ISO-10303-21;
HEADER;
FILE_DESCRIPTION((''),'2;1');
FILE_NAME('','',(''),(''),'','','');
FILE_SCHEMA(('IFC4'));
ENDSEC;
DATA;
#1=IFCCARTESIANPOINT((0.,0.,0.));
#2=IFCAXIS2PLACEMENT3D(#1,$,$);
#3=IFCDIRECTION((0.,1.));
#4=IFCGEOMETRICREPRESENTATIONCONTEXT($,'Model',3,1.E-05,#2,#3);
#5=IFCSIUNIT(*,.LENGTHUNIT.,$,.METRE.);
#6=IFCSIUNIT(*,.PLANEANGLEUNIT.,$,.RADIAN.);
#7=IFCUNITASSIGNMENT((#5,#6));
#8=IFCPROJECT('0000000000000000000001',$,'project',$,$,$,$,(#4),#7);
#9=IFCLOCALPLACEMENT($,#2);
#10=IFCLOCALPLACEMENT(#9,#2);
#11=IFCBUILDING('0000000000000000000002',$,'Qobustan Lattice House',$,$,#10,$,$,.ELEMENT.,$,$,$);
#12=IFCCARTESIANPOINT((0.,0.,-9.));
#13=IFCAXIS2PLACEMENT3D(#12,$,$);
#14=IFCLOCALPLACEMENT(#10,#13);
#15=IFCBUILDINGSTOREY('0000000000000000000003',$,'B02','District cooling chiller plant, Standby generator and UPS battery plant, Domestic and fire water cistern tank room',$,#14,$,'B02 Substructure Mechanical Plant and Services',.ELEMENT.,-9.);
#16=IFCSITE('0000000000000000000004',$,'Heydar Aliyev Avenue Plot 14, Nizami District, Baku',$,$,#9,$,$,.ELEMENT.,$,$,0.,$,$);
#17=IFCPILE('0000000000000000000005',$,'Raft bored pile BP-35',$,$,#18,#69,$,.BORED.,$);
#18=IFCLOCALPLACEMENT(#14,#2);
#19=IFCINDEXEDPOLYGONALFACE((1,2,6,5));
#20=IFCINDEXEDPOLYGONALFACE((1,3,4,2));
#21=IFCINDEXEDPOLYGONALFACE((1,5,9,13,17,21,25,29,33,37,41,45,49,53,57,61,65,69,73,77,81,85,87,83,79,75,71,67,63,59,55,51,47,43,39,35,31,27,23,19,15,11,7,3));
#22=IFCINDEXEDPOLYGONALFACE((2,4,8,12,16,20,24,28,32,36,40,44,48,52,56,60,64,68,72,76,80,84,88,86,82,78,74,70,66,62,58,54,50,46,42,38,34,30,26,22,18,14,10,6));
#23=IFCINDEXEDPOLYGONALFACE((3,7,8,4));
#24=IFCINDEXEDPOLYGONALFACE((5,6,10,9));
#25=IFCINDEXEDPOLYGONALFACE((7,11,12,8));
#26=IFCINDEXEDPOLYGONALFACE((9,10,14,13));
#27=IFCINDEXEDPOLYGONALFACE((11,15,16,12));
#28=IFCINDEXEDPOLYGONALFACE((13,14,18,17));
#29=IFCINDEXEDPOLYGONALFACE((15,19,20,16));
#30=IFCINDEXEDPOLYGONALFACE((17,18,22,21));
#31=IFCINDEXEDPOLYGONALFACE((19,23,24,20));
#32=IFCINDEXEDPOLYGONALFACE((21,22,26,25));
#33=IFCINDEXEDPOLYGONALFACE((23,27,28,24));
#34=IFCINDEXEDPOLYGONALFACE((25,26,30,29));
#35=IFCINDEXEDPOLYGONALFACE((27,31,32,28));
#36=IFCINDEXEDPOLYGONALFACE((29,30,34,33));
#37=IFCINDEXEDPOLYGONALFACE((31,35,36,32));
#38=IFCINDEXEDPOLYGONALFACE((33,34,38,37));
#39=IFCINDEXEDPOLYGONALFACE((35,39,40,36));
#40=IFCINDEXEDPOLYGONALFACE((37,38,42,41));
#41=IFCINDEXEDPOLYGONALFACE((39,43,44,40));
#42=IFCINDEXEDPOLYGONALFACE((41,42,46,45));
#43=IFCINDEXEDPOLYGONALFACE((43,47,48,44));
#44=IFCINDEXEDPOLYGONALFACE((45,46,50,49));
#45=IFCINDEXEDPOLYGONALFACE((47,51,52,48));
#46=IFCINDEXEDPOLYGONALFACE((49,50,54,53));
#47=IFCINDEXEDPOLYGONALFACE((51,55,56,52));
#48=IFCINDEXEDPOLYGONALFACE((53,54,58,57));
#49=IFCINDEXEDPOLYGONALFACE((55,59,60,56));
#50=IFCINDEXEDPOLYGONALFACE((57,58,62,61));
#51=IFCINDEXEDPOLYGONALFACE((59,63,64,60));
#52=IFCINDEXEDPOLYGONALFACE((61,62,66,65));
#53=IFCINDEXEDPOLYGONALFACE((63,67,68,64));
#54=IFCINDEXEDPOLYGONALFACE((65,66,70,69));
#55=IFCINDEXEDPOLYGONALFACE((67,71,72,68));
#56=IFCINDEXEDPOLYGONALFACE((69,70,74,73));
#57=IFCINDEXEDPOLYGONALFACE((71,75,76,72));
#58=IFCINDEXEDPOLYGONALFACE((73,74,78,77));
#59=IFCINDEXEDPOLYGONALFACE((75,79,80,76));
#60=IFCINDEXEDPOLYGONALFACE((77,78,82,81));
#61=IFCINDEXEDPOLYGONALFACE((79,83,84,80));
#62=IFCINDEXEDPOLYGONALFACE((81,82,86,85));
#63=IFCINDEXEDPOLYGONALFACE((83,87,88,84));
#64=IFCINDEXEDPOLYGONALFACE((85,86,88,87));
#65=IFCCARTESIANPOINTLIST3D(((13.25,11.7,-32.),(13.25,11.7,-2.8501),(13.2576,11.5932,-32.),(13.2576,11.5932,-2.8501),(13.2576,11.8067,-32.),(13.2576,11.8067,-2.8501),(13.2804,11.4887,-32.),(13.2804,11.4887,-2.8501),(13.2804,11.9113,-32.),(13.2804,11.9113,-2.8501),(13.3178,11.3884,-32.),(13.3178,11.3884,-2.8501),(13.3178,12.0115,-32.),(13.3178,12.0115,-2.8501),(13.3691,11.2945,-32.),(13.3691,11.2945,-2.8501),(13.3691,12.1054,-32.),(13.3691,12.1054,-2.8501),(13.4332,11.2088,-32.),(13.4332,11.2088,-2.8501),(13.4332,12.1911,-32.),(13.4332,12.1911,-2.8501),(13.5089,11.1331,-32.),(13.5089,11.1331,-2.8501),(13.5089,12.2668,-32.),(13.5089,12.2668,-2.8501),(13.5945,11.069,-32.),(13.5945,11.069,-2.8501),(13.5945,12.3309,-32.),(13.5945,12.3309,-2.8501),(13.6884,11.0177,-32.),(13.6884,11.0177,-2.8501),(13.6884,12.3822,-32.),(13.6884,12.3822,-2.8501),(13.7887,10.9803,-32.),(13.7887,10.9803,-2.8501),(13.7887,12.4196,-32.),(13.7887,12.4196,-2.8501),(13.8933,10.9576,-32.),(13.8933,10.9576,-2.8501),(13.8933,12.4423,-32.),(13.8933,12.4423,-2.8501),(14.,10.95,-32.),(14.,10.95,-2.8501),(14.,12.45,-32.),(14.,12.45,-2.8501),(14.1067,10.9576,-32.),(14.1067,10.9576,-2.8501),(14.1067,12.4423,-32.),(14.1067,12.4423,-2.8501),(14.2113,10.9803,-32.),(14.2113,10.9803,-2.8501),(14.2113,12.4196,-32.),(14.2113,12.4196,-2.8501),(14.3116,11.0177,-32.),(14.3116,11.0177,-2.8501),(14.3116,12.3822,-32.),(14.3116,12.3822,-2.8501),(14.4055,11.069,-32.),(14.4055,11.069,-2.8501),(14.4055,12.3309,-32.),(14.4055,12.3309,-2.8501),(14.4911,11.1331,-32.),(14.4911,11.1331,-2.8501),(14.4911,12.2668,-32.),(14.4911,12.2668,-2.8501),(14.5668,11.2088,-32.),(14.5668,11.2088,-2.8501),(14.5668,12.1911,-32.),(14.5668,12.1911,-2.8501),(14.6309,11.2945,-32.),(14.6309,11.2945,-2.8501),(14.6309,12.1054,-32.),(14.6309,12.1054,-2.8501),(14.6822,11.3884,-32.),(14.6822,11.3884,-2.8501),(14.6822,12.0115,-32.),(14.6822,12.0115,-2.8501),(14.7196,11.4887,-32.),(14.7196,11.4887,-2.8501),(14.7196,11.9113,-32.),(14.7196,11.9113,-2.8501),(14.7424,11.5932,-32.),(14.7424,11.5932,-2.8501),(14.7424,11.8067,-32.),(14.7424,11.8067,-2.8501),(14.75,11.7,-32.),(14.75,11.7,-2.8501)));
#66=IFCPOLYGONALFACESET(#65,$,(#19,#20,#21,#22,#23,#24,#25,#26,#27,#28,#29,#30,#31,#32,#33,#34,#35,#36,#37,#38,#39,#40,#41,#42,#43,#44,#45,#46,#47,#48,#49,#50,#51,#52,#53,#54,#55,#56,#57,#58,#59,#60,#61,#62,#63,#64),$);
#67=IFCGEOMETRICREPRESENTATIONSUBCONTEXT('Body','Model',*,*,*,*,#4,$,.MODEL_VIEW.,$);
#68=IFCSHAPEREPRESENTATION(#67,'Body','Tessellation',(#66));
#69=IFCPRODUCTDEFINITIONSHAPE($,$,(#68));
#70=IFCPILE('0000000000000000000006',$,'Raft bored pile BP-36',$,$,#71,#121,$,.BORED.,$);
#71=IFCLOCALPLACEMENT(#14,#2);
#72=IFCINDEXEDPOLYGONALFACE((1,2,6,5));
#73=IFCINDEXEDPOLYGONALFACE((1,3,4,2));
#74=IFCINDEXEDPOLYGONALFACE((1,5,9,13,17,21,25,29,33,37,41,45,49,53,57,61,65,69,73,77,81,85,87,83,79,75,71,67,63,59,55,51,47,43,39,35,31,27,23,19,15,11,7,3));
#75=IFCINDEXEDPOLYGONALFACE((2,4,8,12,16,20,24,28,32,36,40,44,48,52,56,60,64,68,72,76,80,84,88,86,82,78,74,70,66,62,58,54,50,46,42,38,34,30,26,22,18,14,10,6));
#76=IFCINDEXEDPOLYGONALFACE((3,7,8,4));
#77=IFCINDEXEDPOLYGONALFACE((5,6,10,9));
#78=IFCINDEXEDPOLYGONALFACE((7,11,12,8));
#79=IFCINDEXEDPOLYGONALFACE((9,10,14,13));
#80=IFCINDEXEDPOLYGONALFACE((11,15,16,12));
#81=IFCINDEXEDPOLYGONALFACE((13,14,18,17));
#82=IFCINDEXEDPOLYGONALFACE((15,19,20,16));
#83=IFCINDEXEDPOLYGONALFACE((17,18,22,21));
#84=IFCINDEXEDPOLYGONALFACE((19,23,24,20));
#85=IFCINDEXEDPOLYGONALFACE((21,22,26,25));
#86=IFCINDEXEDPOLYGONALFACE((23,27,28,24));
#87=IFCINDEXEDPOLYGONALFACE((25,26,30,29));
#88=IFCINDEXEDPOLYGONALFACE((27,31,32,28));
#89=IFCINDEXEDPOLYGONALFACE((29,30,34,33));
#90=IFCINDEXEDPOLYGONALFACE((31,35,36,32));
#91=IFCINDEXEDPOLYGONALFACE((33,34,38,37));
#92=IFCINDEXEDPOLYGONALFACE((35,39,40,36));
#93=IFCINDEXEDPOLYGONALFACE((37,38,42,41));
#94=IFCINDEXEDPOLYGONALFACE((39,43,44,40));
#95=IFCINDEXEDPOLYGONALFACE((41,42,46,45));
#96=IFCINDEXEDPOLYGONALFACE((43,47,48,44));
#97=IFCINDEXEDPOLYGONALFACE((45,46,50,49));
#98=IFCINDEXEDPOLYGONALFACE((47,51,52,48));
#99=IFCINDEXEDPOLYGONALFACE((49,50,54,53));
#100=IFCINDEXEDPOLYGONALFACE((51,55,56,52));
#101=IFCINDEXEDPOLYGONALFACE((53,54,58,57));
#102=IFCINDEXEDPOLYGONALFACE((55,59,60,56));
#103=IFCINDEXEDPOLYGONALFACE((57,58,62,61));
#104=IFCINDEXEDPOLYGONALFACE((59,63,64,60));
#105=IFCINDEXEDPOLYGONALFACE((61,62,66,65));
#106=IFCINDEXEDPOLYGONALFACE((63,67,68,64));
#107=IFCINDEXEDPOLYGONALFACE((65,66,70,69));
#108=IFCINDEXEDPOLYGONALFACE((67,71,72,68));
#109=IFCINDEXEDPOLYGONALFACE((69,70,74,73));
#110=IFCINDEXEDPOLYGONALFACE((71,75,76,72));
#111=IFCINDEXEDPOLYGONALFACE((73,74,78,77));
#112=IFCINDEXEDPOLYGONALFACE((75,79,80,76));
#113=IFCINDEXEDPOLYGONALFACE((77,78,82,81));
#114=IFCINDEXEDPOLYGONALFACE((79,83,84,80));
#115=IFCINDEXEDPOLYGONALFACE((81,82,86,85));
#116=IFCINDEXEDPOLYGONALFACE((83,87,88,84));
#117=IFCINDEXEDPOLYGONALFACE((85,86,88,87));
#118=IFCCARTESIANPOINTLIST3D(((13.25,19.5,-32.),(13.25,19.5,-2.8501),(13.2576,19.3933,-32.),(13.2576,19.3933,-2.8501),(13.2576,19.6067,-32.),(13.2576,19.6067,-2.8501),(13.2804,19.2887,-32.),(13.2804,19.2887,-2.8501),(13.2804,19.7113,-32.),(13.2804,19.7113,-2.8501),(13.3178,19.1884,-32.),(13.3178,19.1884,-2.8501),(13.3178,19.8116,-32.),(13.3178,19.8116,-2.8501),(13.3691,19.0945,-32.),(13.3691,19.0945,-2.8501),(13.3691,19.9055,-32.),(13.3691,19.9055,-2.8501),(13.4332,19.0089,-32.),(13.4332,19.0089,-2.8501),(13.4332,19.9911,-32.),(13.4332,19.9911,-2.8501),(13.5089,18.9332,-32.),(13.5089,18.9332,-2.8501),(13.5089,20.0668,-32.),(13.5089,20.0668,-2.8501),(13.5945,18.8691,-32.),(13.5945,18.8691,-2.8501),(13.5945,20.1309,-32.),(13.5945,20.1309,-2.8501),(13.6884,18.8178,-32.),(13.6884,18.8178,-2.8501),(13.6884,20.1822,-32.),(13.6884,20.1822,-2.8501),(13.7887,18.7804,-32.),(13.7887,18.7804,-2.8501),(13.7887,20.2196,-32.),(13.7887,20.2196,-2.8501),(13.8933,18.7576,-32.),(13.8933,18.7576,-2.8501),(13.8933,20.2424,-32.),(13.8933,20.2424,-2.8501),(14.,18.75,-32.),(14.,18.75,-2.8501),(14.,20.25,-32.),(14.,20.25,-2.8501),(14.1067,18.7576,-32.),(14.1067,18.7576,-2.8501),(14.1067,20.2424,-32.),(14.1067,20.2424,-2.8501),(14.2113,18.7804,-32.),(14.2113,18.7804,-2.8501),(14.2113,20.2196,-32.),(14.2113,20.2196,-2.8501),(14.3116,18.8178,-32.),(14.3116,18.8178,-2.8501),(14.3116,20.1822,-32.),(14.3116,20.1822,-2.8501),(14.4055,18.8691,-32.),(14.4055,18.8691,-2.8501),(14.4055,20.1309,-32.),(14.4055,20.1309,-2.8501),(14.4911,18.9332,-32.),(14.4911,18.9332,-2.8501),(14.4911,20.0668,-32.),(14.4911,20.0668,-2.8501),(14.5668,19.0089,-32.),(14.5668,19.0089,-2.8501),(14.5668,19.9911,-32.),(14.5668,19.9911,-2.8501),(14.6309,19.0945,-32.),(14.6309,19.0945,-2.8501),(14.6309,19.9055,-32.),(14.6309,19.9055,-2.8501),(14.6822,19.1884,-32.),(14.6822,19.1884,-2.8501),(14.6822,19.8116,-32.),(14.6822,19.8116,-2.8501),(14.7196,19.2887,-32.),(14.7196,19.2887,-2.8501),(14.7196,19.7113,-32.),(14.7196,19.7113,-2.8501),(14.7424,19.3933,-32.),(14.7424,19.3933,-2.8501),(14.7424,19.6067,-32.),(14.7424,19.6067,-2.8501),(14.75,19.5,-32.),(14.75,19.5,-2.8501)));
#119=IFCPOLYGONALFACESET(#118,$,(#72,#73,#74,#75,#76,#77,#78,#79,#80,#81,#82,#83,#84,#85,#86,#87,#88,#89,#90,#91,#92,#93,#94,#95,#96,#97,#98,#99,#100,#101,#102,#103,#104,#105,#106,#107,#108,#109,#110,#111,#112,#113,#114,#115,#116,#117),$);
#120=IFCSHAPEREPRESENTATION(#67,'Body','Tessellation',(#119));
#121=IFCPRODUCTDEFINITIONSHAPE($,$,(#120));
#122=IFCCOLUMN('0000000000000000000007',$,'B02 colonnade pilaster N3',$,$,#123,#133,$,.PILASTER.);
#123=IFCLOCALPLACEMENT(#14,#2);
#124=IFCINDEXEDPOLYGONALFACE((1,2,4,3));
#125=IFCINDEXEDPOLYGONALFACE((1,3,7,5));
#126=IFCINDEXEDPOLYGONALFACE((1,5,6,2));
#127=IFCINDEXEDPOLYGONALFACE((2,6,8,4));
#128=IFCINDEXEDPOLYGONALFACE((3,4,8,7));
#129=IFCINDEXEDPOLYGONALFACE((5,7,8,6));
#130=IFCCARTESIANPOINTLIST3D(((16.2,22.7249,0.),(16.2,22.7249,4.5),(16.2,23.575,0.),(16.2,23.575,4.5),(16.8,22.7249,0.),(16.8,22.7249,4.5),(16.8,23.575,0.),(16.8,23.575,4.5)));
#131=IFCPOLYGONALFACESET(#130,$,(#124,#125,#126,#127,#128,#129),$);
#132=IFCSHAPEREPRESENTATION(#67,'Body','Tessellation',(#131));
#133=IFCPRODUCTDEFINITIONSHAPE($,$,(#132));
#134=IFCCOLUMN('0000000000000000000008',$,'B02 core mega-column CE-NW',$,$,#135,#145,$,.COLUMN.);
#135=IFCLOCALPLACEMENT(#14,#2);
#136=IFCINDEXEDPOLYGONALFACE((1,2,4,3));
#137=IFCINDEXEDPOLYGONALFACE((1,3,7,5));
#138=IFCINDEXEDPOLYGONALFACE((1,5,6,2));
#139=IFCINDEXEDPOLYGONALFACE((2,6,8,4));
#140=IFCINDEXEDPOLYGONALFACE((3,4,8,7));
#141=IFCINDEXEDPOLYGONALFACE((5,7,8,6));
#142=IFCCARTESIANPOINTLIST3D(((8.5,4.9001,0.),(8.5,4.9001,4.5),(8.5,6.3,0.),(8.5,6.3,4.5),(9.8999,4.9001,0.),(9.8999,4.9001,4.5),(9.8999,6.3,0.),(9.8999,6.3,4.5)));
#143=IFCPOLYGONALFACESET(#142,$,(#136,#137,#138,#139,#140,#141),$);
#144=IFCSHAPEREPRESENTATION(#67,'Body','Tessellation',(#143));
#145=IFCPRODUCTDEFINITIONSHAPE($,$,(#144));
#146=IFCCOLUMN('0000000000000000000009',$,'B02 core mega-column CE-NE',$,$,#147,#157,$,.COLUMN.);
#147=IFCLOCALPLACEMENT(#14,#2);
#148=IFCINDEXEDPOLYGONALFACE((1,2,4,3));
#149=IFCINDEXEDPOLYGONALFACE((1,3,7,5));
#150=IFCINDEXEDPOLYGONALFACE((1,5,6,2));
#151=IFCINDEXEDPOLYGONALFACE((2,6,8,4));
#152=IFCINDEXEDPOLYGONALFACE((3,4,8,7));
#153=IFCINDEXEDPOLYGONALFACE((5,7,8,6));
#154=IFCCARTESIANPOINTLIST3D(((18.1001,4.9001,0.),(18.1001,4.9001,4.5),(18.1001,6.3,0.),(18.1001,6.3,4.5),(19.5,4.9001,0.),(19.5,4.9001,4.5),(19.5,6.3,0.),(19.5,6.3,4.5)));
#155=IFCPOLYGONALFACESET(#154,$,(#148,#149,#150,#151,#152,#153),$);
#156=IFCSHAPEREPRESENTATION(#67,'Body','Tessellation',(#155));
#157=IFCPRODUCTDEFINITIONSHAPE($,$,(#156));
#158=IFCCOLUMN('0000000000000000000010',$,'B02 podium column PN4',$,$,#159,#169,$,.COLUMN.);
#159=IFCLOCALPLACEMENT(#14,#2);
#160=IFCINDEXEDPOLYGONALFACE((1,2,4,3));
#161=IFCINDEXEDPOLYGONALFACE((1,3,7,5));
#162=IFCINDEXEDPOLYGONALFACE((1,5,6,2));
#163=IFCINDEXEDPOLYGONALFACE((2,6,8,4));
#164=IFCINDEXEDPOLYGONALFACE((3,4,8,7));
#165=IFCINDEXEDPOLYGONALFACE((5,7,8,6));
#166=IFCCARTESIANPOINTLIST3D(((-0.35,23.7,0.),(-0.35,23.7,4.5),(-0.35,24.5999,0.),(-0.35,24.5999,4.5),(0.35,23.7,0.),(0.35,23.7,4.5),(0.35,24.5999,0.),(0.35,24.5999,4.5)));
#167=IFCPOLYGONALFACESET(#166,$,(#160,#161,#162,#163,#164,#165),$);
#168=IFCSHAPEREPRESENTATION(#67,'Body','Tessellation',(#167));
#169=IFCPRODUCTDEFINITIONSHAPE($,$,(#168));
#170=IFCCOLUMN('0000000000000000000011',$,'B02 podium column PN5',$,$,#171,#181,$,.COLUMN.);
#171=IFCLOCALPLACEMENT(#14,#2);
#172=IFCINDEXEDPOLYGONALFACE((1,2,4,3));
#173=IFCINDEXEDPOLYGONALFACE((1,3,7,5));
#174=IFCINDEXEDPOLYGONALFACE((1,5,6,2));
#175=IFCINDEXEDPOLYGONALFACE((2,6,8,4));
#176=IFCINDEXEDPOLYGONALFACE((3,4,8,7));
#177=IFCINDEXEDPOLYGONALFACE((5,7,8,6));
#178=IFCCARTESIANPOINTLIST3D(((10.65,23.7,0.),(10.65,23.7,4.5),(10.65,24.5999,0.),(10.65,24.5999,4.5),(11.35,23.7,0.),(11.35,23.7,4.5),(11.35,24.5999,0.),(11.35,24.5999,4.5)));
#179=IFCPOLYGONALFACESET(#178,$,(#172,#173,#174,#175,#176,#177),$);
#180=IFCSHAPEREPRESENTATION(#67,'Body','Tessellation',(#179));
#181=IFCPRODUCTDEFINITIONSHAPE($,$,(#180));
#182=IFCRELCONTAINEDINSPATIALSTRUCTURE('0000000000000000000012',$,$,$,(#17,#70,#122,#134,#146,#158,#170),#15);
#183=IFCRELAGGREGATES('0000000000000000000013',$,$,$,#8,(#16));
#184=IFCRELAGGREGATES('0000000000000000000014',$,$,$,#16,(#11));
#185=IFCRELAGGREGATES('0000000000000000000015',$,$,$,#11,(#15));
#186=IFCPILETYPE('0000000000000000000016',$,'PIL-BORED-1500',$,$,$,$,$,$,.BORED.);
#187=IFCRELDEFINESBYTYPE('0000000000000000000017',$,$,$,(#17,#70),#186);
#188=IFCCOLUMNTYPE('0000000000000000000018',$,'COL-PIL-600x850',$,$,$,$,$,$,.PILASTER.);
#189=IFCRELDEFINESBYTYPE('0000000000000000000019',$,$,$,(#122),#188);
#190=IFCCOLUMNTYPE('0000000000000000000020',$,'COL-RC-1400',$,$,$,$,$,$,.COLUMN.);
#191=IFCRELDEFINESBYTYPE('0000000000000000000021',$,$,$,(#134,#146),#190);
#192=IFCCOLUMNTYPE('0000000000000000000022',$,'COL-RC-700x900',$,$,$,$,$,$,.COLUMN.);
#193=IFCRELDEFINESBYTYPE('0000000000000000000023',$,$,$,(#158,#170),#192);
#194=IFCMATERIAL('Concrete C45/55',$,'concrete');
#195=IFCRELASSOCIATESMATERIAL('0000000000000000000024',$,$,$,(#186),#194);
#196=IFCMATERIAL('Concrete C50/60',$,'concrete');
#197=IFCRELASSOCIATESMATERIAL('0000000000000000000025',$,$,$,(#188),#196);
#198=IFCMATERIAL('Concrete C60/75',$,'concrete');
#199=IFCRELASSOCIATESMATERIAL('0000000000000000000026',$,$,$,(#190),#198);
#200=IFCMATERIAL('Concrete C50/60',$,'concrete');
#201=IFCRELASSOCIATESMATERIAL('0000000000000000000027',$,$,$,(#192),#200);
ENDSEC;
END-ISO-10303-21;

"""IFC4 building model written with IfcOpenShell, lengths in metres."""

from ifc_helpers import new_model, si_unit, direction, frame, origin, origin_2d, place, context, subcontext, project, spatial, rectangle, circle, extrude, material, material_profile, profile_set, type_object, element, save


model = new_model("IFC4")

# Units and contexts
model_context = context("Model", 3, precision=1e-05, world=origin(), true_north=direction((0.0, 1.0)))
body_context = subcontext(model_context, "Body", "Model", "MODEL_VIEW")
ifc_project = project(units=[si_unit("LENGTHUNIT", "METRE"), si_unit("PLANEANGLEUNIT", "RADIAN")], contexts=[model_context])

# Site, building, storey
site_placement = place(None, origin())
site = spatial("IfcSite", under=ifc_project, at=site_placement, Name="Heydar Aliyev Avenue Plot 14, Nizami District, Baku", CompositionType="ELEMENT", RefElevation=0.0)
building_placement = place(site_placement, origin())
building = spatial("IfcBuilding", under=site, at=building_placement, Name="Qobustan Lattice House", CompositionType="ELEMENT")
storey_placement = place(building_placement, frame((0.0, 0.0, -9.0)))
storey = spatial("IfcBuildingStorey", under=building, at=storey_placement, Name="B02", Description="District cooling chiller plant, Standby generator and UPS battery plant, Domestic and fire water cistern tank room", LongName="B02 Substructure Mechanical Plant and Services", CompositionType="ELEMENT", Elevation=-9.0)

# Piles
ifc_material_1 = material(Name="Concrete C45/55", Category="concrete")
ifc_material_profile_1 = material_profile(ifc_material_1, circle(Radius=0.75, at=origin_2d()), Name="PILE-D1500")
ifc_profile_set_1 = profile_set([ifc_material_profile_1], Name="Concrete C45/55")
pile_type = type_object("IfcPileType", Name="PIL-BORED-1500", PredefinedType="BORED", material=ifc_profile_set_1)
for number, where, z_axis, x_axis, name in (
    (1, (14.0, 11.7, -2.8501), (0.0, 0.0, -1.0), (1.0, 0.0, 0.0), "Raft bored pile BP-35"),
    (2, (14.0, 19.5, -2.8501), (0.0, 0.0, -1.0), (1.0, 0.0, 0.0), "Raft bored pile BP-36"),
):
    element("IfcPile", number, at=place(storey_placement, frame(where, z_axis=z_axis, x_axis=x_axis)), inside=storey, type_object=pile_type, Name=name, PredefinedType="BORED", context=body_context, shape_type="SweptSolid", body=[
        extrude(circle(Radius=0.75, at=origin_2d()), origin(), (0.0, 0.0, 1.0), 29.1499),
    ])

# Columns
ifc_material_2 = material(Name="Concrete C50/60", Category="concrete")
ifc_material_profile_2 = material_profile(ifc_material_2, rectangle(XDim=0.6001, YDim=0.8501, at=origin_2d()), Name="RC600x850")
ifc_profile_set_2 = profile_set([ifc_material_profile_2], Name="Concrete C50/60")
column_type_1 = type_object("IfcColumnType", Name="COL-PIL-600x850", PredefinedType="PILASTER", material=ifc_profile_set_2)
column_placement = place(storey_placement, frame((16.5, 23.1499, 0.0), z_axis=(0.0, 0.0, 1.0), x_axis=(1.0, 0.0, 0.0)))
element("IfcColumn", 3, at=column_placement, inside=storey, type_object=column_type_1, Name="B02 colonnade pilaster N3", PredefinedType="PILASTER", context=body_context, shape_type="SweptSolid", body=[
    extrude(rectangle(XDim=0.6001, YDim=0.8501, at=origin_2d()), origin(), (0.0, 0.0, 1.0), 4.5),
])
ifc_material_3 = material(Name="Concrete C60/75", Category="concrete")
ifc_material_profile_3 = material_profile(ifc_material_3, rectangle(XDim=1.3999, YDim=1.3999, at=origin_2d()), Name="RC1400x1400")
ifc_profile_set_3 = profile_set([ifc_material_profile_3], Name="Concrete C60/75")
column_type_2 = type_object("IfcColumnType", Name="COL-RC-1400", PredefinedType="COLUMN", material=ifc_profile_set_3)
for number, where, z_axis, x_axis, name in (
    (4, (9.2, 5.6001, 0.0), (0.0, 0.0, 1.0), (1.0, 0.0, 0.0), "B02 core mega-column CE-NW"),
    (5, (18.8, 5.6001, 0.0), (0.0, 0.0, 1.0), (1.0, 0.0, 0.0), "B02 core mega-column CE-NE"),
):
    element("IfcColumn", number, at=place(storey_placement, frame(where, z_axis=z_axis, x_axis=x_axis)), inside=storey, type_object=column_type_2, Name=name, PredefinedType="COLUMN", context=body_context, shape_type="SweptSolid", body=[
        extrude(rectangle(XDim=1.3999, YDim=1.3999, at=origin_2d()), origin(), (0.0, 0.0, 1.0), 4.5),
    ])
ifc_material_4 = material(Name="Concrete C50/60", Category="concrete")
ifc_material_profile_4 = material_profile(ifc_material_4, rectangle(XDim=0.7, YDim=0.8999, at=origin_2d()), Name="RC700x900")
ifc_profile_set_4 = profile_set([ifc_material_profile_4], Name="Concrete C50/60")
column_type_3 = type_object("IfcColumnType", Name="COL-RC-700x900", PredefinedType="COLUMN", material=ifc_profile_set_4)
for number, where, z_axis, x_axis, name in (
    (6, (0.0, 24.1499, 0.0), (0.0, 0.0, 1.0), (1.0, 0.0, 0.0), "B02 podium column PN4"),
    (7, (11.0, 24.1499, 0.0), (0.0, 0.0, 1.0), (1.0, 0.0, 0.0), "B02 podium column PN5"),
):
    element("IfcColumn", number, at=place(storey_placement, frame(where, z_axis=z_axis, x_axis=x_axis)), inside=storey, type_object=column_type_3, Name=name, PredefinedType="COLUMN", context=body_context, shape_type="SweptSolid", body=[
        extrude(rectangle(XDim=0.7, YDim=0.8999, at=origin_2d()), origin(), (0.0, 0.0, 1.0), 4.5),
    ])

save(model, "model.ifc")
